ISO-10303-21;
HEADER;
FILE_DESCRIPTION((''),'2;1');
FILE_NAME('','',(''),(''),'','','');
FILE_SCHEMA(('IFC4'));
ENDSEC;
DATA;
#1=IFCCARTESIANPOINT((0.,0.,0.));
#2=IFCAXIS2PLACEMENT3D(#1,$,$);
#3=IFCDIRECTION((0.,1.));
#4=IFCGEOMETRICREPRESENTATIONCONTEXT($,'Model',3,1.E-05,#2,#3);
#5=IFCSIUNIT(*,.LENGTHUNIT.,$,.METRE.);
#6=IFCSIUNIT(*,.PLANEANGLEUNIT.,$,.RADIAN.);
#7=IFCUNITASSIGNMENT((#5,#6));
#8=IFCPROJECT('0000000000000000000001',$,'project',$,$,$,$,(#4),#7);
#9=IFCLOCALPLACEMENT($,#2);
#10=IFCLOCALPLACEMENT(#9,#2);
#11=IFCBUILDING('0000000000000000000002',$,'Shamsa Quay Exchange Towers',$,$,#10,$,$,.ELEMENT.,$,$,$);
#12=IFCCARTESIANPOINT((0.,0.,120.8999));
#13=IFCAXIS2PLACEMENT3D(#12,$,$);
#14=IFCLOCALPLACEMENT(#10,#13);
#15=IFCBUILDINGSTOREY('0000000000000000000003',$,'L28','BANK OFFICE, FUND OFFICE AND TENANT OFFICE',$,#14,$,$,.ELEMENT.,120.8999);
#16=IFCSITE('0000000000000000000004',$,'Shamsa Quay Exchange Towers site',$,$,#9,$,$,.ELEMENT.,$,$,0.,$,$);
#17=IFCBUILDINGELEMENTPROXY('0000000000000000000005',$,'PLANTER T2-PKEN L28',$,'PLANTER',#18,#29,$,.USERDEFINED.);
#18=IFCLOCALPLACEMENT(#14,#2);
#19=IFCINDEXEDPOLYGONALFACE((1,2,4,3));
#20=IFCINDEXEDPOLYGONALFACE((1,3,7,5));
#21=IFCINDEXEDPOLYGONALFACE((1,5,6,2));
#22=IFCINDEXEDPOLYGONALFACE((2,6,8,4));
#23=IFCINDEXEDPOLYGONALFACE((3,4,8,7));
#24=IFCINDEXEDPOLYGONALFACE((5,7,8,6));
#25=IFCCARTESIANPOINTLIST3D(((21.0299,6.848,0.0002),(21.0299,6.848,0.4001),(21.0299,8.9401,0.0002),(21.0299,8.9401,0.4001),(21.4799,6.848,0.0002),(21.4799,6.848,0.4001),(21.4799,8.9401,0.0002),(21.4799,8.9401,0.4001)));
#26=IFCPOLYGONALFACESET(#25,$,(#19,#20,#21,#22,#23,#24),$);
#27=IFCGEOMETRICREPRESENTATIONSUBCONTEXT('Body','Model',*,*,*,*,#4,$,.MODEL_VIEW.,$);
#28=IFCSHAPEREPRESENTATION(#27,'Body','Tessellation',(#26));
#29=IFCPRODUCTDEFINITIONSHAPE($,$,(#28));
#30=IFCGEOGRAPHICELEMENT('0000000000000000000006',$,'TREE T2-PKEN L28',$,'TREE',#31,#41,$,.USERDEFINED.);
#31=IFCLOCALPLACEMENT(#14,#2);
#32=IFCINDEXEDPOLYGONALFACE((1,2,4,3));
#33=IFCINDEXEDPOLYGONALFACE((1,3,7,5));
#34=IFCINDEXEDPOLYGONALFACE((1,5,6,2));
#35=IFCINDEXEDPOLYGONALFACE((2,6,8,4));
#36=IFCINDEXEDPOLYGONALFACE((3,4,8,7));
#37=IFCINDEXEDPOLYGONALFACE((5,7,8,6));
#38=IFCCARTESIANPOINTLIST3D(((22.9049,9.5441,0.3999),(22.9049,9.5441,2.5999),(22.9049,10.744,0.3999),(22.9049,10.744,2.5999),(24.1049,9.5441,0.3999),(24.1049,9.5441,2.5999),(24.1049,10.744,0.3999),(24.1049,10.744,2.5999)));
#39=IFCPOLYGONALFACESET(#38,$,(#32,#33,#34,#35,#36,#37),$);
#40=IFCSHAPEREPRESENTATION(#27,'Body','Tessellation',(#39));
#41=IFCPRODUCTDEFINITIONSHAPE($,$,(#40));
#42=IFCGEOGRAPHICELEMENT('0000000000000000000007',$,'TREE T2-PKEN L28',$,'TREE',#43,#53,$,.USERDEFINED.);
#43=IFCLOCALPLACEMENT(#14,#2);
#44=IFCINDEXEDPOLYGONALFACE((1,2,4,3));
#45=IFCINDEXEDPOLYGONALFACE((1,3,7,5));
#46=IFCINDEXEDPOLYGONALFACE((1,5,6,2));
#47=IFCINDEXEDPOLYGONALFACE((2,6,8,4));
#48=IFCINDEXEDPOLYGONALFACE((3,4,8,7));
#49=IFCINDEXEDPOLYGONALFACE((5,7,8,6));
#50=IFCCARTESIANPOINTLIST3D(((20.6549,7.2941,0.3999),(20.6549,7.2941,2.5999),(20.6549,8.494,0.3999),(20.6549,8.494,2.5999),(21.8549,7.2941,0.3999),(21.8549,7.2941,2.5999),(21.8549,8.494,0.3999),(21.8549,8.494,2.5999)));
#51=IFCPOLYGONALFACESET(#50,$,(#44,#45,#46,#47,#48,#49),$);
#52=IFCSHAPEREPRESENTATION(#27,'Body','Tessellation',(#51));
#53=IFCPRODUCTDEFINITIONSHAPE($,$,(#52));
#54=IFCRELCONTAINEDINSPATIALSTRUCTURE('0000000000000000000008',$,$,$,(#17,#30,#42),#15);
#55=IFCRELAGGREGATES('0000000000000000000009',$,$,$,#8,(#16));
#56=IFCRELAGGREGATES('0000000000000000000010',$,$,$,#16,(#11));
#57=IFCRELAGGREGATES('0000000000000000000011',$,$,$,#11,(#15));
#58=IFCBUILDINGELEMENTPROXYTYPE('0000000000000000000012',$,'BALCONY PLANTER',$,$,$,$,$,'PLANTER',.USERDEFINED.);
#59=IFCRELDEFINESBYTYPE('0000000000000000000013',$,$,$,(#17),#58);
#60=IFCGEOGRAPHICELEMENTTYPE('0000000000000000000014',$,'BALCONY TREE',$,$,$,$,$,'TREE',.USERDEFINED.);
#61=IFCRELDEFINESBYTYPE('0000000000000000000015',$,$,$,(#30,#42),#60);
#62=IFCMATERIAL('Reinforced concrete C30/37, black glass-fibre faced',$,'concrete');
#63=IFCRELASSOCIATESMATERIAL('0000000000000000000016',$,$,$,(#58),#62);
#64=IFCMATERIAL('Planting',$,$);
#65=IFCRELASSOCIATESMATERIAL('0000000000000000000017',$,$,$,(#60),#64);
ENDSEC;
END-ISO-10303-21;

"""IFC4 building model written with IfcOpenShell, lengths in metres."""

from ifc_helpers import new_model, si_unit, direction, frame, origin, origin_2d, place, context, subcontext, project, spatial, rectangle, extrude, material, type_object, element, save


model = new_model("IFC4")

# Units and contexts
model_context = context("Model", 3, precision=1e-05, world=origin(), true_north=direction((0.0, 1.0)))
body_context = subcontext(model_context, "Body", "Model", "MODEL_VIEW")
ifc_project = project(units=[si_unit("LENGTHUNIT", "METRE"), si_unit("PLANEANGLEUNIT", "RADIAN")], contexts=[model_context])

# Site, building, storey
site_placement = place(None, origin())
site = spatial("IfcSite", under=ifc_project, at=site_placement, Name="Shamsa Quay Exchange Towers site", CompositionType="ELEMENT", RefElevation=0.0)
building_placement = place(site_placement, origin())
building = spatial("IfcBuilding", under=site, at=building_placement, Name="Shamsa Quay Exchange Towers", CompositionType="ELEMENT")
storey_placement = place(building_placement, frame((0.0, 0.0, 120.8999)))
storey = spatial("IfcBuildingStorey", under=building, at=storey_placement, Name="L28", Description="BANK OFFICE, FUND OFFICE AND TENANT OFFICE", CompositionType="ELEMENT", Elevation=120.8999)

# Building element proxy
ifc_material_1 = material(Name="Reinforced concrete C30/37, black glass-fibre faced", Category="concrete")
building_element_proxy_type = type_object("IfcBuildingElementProxyType", Name="BALCONY PLANTER", ElementType="PLANTER", PredefinedType="USERDEFINED", material=ifc_material_1)
for number, where, z_axis, x_axis, name in (
    (1, (21.2549, 7.894, 0.0002), (0.0, 0.0, 1.0), (0.0, -1.0, 0.0), "PLANTER T2-PKEN L28"),
):
    element("IfcBuildingElementProxy", number, at=place(storey_placement, frame(where, z_axis=z_axis, x_axis=x_axis)), inside=storey, type_object=building_element_proxy_type, Name=name, ObjectType="PLANTER", PredefinedType="USERDEFINED", context=body_context, shape_type="SweptSolid", body=[
        extrude(rectangle(XDim=2.092, YDim=0.45, at=origin_2d()), origin(), (0.0, 0.0, 1.0), 0.3999),
    ])

# Geographic elements
ifc_material_2 = material(Name="Planting")
geographic_element_type = type_object("IfcGeographicElementType", Name="BALCONY TREE", ElementType="TREE", PredefinedType="USERDEFINED", material=ifc_material_2)
for number, where, z_axis, x_axis, name in (
    (2, (23.5049, 10.144, 0.3999), (0.0, 0.0, 1.0), (0.0, -1.0, 0.0), "TREE T2-PKEN L28"),
    (3, (21.2549, 7.894, 0.3999), (0.0, 0.0, 1.0), (0.0, -1.0, 0.0), "TREE T2-PKEN L28"),
):
    element("IfcGeographicElement", number, at=place(storey_placement, frame(where, z_axis=z_axis, x_axis=x_axis)), inside=storey, type_object=geographic_element_type, Name=name, ObjectType="TREE", PredefinedType="USERDEFINED", context=body_context, shape_type="SweptSolid", body=[
        extrude(rectangle(XDim=1.2, YDim=1.2, at=origin_2d()), origin(), (0.0, 0.0, 1.0), 2.2),
    ])

save(model, "model.ifc")
